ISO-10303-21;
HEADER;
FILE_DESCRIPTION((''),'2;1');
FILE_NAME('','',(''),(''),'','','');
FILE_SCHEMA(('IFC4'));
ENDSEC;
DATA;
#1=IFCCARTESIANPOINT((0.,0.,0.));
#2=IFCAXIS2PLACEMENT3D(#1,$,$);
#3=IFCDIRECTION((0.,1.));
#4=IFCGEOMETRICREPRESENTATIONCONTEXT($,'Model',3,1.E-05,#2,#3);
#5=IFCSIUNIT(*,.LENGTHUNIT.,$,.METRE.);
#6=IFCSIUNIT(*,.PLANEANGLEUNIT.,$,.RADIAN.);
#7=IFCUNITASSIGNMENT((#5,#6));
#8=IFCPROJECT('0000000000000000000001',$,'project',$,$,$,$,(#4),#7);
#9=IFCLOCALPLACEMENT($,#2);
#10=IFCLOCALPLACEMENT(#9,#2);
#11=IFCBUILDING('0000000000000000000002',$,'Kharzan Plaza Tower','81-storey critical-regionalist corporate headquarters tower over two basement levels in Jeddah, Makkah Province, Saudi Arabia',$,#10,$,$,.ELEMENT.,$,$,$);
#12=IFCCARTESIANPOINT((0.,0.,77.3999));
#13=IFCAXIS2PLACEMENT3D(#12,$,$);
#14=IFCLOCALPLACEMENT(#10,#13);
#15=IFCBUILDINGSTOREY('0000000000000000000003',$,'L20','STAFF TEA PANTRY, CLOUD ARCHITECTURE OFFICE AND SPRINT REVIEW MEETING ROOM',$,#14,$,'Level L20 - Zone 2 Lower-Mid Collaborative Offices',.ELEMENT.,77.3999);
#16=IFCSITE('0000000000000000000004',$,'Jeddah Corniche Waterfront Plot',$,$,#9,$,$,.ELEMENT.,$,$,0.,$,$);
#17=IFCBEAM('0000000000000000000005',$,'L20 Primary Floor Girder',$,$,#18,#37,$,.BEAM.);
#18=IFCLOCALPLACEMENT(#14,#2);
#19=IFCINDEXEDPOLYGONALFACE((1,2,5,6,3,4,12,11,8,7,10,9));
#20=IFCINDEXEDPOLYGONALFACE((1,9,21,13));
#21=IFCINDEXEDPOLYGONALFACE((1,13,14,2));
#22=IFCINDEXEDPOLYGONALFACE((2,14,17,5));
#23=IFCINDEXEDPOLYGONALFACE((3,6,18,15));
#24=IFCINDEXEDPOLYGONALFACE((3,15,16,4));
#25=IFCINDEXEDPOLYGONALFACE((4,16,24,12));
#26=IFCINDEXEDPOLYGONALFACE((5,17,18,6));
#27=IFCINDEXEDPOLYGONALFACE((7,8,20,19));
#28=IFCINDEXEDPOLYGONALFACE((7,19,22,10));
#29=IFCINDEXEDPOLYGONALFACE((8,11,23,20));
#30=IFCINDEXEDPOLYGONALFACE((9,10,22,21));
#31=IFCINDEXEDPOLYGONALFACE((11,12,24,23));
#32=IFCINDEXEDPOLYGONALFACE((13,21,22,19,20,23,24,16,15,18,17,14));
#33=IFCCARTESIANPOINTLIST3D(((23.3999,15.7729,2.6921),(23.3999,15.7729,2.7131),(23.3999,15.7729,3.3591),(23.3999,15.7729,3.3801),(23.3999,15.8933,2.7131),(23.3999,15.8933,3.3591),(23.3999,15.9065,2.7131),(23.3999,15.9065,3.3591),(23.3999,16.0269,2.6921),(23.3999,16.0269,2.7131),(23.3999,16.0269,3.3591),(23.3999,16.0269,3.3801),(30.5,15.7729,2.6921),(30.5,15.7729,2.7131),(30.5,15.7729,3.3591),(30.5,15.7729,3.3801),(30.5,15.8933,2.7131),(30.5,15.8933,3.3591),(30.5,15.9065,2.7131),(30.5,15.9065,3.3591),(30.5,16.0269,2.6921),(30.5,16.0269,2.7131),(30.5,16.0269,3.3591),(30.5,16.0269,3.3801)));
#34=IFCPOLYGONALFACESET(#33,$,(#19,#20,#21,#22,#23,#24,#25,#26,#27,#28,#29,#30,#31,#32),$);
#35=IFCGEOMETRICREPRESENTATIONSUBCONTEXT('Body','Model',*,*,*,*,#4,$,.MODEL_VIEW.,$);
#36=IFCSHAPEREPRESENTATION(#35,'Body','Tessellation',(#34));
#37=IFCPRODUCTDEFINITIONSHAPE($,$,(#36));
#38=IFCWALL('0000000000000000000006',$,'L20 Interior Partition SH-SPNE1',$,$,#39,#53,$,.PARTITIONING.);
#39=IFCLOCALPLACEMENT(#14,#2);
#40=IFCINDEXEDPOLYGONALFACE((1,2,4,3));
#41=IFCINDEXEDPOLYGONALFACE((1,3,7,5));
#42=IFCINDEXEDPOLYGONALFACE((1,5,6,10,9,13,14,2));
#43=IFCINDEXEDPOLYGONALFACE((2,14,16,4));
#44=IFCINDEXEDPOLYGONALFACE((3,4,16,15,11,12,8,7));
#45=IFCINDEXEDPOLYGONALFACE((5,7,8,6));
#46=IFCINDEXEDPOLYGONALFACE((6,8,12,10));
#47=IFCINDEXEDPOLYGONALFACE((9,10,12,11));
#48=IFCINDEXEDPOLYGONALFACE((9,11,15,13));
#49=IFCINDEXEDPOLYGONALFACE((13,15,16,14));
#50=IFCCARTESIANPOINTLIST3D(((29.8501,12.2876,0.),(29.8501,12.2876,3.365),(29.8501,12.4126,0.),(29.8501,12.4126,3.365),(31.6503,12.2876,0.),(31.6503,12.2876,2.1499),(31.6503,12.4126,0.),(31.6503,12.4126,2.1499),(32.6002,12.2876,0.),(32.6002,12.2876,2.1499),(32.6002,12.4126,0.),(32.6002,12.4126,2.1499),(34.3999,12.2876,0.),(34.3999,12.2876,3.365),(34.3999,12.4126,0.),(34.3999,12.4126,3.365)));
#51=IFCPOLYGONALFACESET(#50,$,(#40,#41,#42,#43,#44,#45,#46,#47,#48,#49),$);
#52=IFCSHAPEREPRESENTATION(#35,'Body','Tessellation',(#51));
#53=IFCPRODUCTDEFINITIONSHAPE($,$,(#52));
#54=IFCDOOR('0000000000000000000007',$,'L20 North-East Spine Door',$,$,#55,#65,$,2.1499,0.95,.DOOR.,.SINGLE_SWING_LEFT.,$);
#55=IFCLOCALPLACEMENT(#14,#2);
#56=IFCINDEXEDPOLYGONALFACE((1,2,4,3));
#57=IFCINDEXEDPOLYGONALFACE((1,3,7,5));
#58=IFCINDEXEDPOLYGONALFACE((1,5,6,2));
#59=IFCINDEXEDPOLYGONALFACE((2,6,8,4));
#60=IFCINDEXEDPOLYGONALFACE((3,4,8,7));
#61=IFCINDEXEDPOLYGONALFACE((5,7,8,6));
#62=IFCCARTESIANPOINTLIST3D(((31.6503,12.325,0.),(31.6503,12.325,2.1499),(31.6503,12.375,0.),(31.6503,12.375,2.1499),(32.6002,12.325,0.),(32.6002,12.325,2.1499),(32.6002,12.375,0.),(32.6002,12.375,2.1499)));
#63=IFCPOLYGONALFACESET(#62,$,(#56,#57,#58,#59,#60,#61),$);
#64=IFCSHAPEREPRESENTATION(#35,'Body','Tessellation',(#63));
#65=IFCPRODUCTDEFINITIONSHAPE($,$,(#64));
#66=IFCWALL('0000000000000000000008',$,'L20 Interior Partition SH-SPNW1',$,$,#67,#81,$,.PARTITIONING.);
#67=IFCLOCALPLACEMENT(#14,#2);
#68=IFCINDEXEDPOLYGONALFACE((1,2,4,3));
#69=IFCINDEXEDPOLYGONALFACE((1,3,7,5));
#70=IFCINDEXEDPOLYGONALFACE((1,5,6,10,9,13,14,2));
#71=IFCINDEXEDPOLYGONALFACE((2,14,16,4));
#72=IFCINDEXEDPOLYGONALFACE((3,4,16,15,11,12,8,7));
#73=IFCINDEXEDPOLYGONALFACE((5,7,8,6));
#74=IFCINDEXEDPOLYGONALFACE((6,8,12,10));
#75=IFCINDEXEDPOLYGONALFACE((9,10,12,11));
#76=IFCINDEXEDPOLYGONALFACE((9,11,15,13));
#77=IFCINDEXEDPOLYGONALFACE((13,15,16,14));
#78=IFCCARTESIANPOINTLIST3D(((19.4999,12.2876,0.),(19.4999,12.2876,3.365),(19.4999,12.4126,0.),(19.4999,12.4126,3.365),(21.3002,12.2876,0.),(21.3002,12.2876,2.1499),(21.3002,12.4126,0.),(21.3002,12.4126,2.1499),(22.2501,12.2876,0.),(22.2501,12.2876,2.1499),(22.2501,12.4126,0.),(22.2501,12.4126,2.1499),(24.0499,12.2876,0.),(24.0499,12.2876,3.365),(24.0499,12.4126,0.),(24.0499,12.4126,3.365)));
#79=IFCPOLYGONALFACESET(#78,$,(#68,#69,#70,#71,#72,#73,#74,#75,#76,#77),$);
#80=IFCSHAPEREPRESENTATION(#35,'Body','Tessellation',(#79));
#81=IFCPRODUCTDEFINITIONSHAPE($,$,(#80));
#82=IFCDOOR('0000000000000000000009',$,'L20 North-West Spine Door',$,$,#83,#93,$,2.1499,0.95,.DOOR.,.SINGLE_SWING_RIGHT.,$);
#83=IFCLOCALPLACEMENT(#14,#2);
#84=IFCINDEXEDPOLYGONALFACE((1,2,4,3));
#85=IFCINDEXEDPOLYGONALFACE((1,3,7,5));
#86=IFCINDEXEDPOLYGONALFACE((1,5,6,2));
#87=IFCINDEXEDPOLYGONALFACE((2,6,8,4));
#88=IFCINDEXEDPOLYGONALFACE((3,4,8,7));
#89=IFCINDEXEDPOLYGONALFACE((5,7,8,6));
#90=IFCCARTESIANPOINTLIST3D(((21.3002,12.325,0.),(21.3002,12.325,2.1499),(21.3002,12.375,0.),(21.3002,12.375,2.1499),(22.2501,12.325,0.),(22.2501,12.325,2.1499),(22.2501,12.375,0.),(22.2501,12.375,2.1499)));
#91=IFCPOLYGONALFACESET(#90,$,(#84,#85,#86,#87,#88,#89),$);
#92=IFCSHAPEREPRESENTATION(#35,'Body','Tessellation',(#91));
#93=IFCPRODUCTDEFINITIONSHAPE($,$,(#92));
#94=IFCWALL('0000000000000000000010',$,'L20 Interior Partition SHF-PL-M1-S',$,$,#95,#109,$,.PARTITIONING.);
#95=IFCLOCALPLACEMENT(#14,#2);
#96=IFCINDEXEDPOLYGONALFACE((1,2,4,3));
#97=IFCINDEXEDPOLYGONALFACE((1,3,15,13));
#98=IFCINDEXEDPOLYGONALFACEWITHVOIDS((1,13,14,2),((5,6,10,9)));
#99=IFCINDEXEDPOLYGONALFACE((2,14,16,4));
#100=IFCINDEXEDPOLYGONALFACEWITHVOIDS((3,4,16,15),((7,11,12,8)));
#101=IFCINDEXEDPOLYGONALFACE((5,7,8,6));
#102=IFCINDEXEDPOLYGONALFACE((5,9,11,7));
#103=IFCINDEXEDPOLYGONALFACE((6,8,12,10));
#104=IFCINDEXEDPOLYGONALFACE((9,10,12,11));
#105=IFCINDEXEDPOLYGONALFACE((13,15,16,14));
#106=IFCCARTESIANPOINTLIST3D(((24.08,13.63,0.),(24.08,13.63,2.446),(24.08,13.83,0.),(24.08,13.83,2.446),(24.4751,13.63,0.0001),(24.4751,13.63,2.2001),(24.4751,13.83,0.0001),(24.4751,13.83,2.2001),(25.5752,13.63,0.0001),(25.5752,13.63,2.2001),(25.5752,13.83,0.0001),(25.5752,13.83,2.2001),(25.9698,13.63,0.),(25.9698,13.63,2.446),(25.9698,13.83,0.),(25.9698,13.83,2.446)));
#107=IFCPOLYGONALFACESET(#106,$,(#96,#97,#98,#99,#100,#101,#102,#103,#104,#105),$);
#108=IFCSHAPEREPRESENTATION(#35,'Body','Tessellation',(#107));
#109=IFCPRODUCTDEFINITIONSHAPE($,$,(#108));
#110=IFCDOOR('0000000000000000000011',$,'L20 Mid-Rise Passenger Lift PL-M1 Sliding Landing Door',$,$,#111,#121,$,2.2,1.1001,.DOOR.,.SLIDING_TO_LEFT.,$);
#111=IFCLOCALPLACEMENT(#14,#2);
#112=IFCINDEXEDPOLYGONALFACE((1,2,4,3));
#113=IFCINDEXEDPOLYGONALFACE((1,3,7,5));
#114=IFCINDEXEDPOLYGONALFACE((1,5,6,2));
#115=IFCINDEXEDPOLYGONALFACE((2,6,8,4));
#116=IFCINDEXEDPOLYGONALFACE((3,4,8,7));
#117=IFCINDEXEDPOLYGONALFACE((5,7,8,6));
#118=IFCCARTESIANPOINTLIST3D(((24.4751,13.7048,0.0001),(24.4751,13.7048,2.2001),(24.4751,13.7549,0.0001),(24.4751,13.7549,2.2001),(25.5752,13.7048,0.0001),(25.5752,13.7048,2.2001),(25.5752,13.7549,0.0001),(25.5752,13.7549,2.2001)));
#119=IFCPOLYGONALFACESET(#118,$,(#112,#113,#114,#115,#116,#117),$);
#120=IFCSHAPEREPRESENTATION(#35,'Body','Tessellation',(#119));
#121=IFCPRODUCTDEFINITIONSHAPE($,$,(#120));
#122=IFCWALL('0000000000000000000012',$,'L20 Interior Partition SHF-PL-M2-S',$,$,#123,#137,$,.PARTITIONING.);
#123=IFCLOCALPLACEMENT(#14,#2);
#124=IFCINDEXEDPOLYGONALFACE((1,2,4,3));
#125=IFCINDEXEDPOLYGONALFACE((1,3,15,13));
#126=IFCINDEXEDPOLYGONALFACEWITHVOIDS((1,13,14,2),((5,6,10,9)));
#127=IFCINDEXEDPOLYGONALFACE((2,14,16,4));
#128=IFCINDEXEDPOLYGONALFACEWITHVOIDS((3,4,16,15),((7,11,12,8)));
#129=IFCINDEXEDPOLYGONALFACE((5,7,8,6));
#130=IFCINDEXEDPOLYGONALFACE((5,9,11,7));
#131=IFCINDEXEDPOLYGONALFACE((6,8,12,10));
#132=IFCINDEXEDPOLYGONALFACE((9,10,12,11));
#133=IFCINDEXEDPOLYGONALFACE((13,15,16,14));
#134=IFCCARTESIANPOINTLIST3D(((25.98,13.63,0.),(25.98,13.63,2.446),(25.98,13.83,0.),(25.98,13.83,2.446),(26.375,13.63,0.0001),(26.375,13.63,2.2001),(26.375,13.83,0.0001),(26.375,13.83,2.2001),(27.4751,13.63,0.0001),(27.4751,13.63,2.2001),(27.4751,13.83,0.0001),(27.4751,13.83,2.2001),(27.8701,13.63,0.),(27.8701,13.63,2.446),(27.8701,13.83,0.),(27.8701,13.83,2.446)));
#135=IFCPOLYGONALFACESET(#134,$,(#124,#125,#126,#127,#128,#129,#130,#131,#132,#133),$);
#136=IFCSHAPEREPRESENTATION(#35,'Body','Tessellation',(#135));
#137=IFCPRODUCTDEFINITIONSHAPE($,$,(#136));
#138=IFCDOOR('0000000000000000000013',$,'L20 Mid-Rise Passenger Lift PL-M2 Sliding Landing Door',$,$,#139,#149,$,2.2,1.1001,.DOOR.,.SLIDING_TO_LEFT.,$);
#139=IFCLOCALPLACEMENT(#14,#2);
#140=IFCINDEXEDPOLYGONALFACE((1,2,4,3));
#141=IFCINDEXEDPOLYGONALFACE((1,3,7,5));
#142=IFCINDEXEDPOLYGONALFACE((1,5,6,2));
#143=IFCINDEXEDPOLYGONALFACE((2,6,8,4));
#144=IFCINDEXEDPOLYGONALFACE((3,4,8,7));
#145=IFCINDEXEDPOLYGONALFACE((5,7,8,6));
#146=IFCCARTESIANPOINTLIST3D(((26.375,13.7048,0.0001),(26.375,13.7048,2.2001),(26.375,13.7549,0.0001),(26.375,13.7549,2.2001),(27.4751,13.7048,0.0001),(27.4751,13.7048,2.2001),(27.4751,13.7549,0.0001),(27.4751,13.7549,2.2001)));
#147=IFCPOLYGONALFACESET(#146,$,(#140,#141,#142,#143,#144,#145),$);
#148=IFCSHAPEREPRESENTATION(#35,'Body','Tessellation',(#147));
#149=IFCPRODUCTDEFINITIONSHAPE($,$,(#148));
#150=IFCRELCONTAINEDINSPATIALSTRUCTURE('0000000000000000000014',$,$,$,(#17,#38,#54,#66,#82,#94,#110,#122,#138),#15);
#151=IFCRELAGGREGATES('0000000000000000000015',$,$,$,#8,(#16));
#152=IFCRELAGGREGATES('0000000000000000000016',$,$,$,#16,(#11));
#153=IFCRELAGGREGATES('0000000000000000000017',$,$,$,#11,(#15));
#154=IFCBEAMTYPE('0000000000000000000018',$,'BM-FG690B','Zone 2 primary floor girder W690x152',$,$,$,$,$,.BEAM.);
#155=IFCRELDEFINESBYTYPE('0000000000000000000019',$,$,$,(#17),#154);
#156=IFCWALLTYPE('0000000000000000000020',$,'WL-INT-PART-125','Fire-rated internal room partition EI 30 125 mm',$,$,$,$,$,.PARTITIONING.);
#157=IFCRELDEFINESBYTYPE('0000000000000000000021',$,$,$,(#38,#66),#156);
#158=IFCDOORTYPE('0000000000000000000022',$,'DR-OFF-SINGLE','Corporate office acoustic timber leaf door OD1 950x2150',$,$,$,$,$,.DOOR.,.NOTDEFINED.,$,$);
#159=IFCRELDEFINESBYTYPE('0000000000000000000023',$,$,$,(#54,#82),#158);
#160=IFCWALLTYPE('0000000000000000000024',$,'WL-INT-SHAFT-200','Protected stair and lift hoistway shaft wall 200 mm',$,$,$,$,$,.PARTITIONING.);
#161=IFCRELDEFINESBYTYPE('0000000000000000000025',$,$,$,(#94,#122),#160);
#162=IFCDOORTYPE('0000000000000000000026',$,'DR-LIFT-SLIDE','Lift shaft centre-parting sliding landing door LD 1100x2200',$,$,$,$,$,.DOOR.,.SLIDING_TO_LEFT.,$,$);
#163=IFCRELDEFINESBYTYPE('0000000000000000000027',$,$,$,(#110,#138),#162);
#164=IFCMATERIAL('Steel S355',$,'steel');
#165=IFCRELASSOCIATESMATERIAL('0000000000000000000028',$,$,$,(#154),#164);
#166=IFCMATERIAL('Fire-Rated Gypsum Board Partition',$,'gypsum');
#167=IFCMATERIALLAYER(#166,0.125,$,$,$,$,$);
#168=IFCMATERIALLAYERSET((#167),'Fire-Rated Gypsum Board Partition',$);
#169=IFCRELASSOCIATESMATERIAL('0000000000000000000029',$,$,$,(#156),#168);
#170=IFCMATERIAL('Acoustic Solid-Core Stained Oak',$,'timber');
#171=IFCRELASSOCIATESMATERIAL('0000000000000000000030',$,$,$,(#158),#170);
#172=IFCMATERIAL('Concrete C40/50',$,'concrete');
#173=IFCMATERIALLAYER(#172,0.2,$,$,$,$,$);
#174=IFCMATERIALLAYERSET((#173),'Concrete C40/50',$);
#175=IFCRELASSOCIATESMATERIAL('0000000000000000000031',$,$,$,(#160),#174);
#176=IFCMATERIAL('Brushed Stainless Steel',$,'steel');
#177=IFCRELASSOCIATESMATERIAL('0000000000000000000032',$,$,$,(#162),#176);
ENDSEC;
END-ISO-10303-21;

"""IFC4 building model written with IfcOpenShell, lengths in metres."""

from ifc_helpers import new_model, si_unit, direction, frame, frame_2d, origin, origin_2d, place, context, subcontext, project, spatial, rectangle, i_section, extrude, source, transform, mapped, material, layer, layer_set, material_profile, profile_set, type_object, element, fill, save


model = new_model("IFC4")

# Units and contexts
model_context = context("Model", 3, precision=1e-05, world=origin(), true_north=direction((0.0, 1.0)))
body_context = subcontext(model_context, "Body", "Model", "MODEL_VIEW")
ifc_project = project(units=[si_unit("LENGTHUNIT", "METRE"), si_unit("PLANEANGLEUNIT", "RADIAN")], contexts=[model_context])

# Site, building, storey
site_placement = place(None, origin())
site = spatial("IfcSite", under=ifc_project, at=site_placement, Name="Jeddah Corniche Waterfront Plot", CompositionType="ELEMENT", RefElevation=0.0)
building_placement = place(site_placement, origin())
building = spatial("IfcBuilding", under=site, at=building_placement, Name="Kharzan Plaza Tower", Description="81-storey critical-regionalist corporate headquarters tower over two basement levels in Jeddah, Makkah Province, Saudi Arabia", CompositionType="ELEMENT")
storey_placement = place(building_placement, frame((0.0, 0.0, 77.3999)))
storey = spatial("IfcBuildingStorey", under=building, at=storey_placement, Name="L20", Description="STAFF TEA PANTRY, CLOUD ARCHITECTURE OFFICE AND SPRINT REVIEW MEETING ROOM", LongName="Level L20 - Zone 2 Lower-Mid Collaborative Offices", CompositionType="ELEMENT", Elevation=77.3999)

# Beam
ifc_material_1 = material(Name="Steel S355", Category="steel")
ifc_material_profile_1 = material_profile(ifc_material_1, i_section(OverallWidth=0.2539, OverallDepth=0.688, WebThickness=0.0132, FlangeThickness=0.021, at=origin_2d()), Name="W690x152")
ifc_profile_set_1 = profile_set([ifc_material_profile_1], Name="Steel S355")
beam_type_1 = type_object("IfcBeamType", Name="BM-FG690B", Description="Zone 2 primary floor girder W690x152", PredefinedType="BEAM", material=ifc_profile_set_1)
shared_shape_1 = source(origin(), body_context, "Body", "SweptSolid", [
    extrude(i_section(OverallWidth=0.2539, OverallDepth=0.688, WebThickness=0.0132, FlangeThickness=0.021, at=origin_2d()), origin(), (0.0, 0.0, 1.0), 7.1001),
])
beam_1_placement = place(storey_placement, frame((23.3999, 15.8999, 3.0361), z_axis=(1.0, 0.0, 0.0), x_axis=(0.0, 1.0, 0.0)))
element("IfcBeam", 1, at=beam_1_placement, inside=storey, type_object=beam_type_1, Name="L20 Primary Floor Girder", PredefinedType="BEAM", context=body_context, shape_type="MappedRepresentation", body=[
    mapped(shared_shape_1, transform((0.0, 0.0, 0.0), x_axis=(1.0, 0.0, 0.0), y_axis=(0.0, 1.0, 0.0), z_axis=(0.0, 0.0, 1.0))),
])

# Walls, openings, doors
ifc_material_2 = material(Name="Fire-Rated Gypsum Board Partition", Category="gypsum")
ifc_layer_1 = layer(ifc_material_2, 0.125)
ifc_layer_set_1 = layer_set([ifc_layer_1], Name="Fire-Rated Gypsum Board Partition")
wall_type_1 = type_object("IfcWallType", Name="WL-INT-PART-125", Description="Fire-rated internal room partition EI 30 125 mm", PredefinedType="PARTITIONING", material=ifc_layer_set_1)
wall_1_placement = place(storey_placement, frame((29.8501, 12.3501, 0.0), z_axis=(0.0, 0.0, 1.0), x_axis=(1.0, 0.0, 0.0)))
wall_1 = element("IfcWall", 2, at=wall_1_placement, inside=storey, type_object=wall_type_1, Name="L20 Interior Partition SH-SPNE1", PredefinedType="PARTITIONING", context=body_context, shape_type="SweptSolid", body=[
    extrude(rectangle(XDim=4.5498, YDim=0.125, at=frame_2d((2.2749, 0.0))), origin(), (0.0, 0.0, 1.0), 3.365),
])
opening_1_placement = place(wall_1_placement, frame((1.8, 0.0, 0.0)))
opening_1 = element("IfcOpeningElement", 3, at=opening_1_placement, cuts=wall_1, PredefinedType="OPENING", context=body_context, shape_type="SweptSolid", body=[
    extrude(rectangle(XDim=0.95, YDim=2.1499, at=frame_2d((0.4751, 1.075))), frame((0.0, 0.0725, 0.0), z_axis=(0.0, -1.0, 0.0), x_axis=(1.0, 0.0, 0.0)), (0.0, 0.0, 1.0), 0.145),
])
ifc_material_3 = material(Name="Acoustic Solid-Core Stained Oak", Category="timber")
door_type_1 = type_object("IfcDoorType", Name="DR-OFF-SINGLE", Description="Corporate office acoustic timber leaf door OD1 950x2150", OperationType="NOTDEFINED", PredefinedType="DOOR", material=ifc_material_3)
shared_shape_2 = source(origin(), body_context, "Body", "SweptSolid", [
    extrude(rectangle(XDim=0.95, YDim=2.1499, at=frame_2d((0.4751, 1.075))), frame((0.0, 0.0249, 0.0), z_axis=(0.0, -1.0, 0.0), x_axis=(1.0, 0.0, 0.0)), (0.0, 0.0, 1.0), 0.05),
])
door_1_placement = place(opening_1_placement, origin())
door_1 = element("IfcDoor", 4, at=door_1_placement, inside=storey, type_object=door_type_1, Name="L20 North-East Spine Door", OperationType="SINGLE_SWING_LEFT", OverallHeight=2.1499, OverallWidth=0.95, PredefinedType="DOOR", context=body_context, shape_type="MappedRepresentation", body=[
    mapped(shared_shape_2, transform((0.0, 0.0, 0.0), x_axis=(1.0, 0.0, 0.0), y_axis=(0.0, 1.0, 0.0), z_axis=(0.0, 0.0, 1.0))),
])
fill(opening_1, door_1)
wall_2_placement = place(storey_placement, frame((19.5, 12.3501, 0.0), z_axis=(0.0, 0.0, 1.0), x_axis=(1.0, 0.0, 0.0)))
wall_2 = element("IfcWall", 5, at=wall_2_placement, inside=storey, type_object=wall_type_1, Name="L20 Interior Partition SH-SPNW1", PredefinedType="PARTITIONING", context=body_context, shape_type="SweptSolid", body=[
    extrude(rectangle(XDim=4.55, YDim=0.125, at=frame_2d((2.2749, 0.0))), origin(), (0.0, 0.0, 1.0), 3.365),
])
opening_2_placement = place(wall_2_placement, frame((1.8, 0.0, 0.0)))
opening_2 = element("IfcOpeningElement", 6, at=opening_2_placement, cuts=wall_2, PredefinedType="OPENING", context=body_context, shape_type="SweptSolid", body=[
    extrude(rectangle(XDim=0.95, YDim=2.1499, at=frame_2d((0.4751, 1.075))), frame((0.0, 0.0725, 0.0), z_axis=(0.0, -1.0, 0.0), x_axis=(1.0, 0.0, 0.0)), (0.0, 0.0, 1.0), 0.145),
])
door_2_placement = place(opening_2_placement, origin())
door_2 = element("IfcDoor", 7, at=door_2_placement, inside=storey, type_object=door_type_1, Name="L20 North-West Spine Door", OperationType="SINGLE_SWING_RIGHT", OverallHeight=2.1499, OverallWidth=0.95, PredefinedType="DOOR", context=body_context, shape_type="MappedRepresentation", body=[
    mapped(shared_shape_2, transform((0.0, 0.0, 0.0), x_axis=(1.0, 0.0, 0.0), y_axis=(0.0, 1.0, 0.0), z_axis=(0.0, 0.0, 1.0))),
])
fill(opening_2, door_2)
ifc_material_4 = material(Name="Concrete C40/50", Category="concrete")
ifc_layer_2 = layer(ifc_material_4, 0.2)
ifc_layer_set_2 = layer_set([ifc_layer_2], Name="Concrete C40/50")
wall_type_2 = type_object("IfcWallType", Name="WL-INT-SHAFT-200", Description="Protected stair and lift hoistway shaft wall 200 mm", PredefinedType="PARTITIONING", material=ifc_layer_set_2)
wall_3_placement = place(storey_placement, frame((24.0801, 13.73, 0.0), z_axis=(0.0, 0.0, 1.0), x_axis=(1.0, 0.0, 0.0)))
wall_3 = element("IfcWall", 8, at=wall_3_placement, inside=storey, type_object=wall_type_2, Name="L20 Interior Partition SHF-PL-M1-S", PredefinedType="PARTITIONING", context=body_context, shape_type="SweptSolid", body=[
    extrude(rectangle(XDim=1.8899, YDim=0.2, at=frame_2d((0.9448, 0.0))), origin(), (0.0, 0.0, 1.0), 2.446),
])
opening_3_placement = place(wall_3_placement, frame((0.395, 0.0, 0.0)))
opening_3 = element("IfcOpeningElement", 9, at=opening_3_placement, cuts=wall_3, PredefinedType="OPENING", context=body_context, shape_type="SweptSolid", body=[
    extrude(rectangle(XDim=1.1001, YDim=2.2, at=frame_2d((0.55, 1.1001))), frame((0.0, 0.1099, 0.0), z_axis=(0.0, -1.0, 0.0), x_axis=(1.0, 0.0, 0.0)), (0.0, 0.0, 1.0), 0.22),
])
ifc_material_5 = material(Name="Brushed Stainless Steel", Category="steel")
door_type_2 = type_object("IfcDoorType", Name="DR-LIFT-SLIDE", Description="Lift shaft centre-parting sliding landing door LD 1100x2200", OperationType="SLIDING_TO_LEFT", PredefinedType="DOOR", material=ifc_material_5)
shared_shape_3 = source(origin(), body_context, "Body", "SweptSolid", [
    extrude(rectangle(XDim=1.1001, YDim=2.2, at=frame_2d((0.55, 1.1001))), frame((0.0, 0.0249, 0.0), z_axis=(0.0, -1.0, 0.0), x_axis=(1.0, 0.0, 0.0)), (0.0, 0.0, 1.0), 0.05),
])
door_3_placement = place(opening_3_placement, origin())
door_3 = element("IfcDoor", 10, at=door_3_placement, inside=storey, type_object=door_type_2, Name="L20 Mid-Rise Passenger Lift PL-M1 Sliding Landing Door", OperationType="SLIDING_TO_LEFT", OverallHeight=2.2, OverallWidth=1.1001, PredefinedType="DOOR", context=body_context, shape_type="MappedRepresentation", body=[
    mapped(shared_shape_3, transform((0.0, 0.0, 0.0), x_axis=(1.0, 0.0, 0.0), y_axis=(0.0, 1.0, 0.0), z_axis=(0.0, 0.0, 1.0))),
])
fill(opening_3, door_3)
wall_4_placement = place(storey_placement, frame((25.98, 13.73, 0.0), z_axis=(0.0, 0.0, 1.0), x_axis=(1.0, 0.0, 0.0)))
wall_4 = element("IfcWall", 11, at=wall_4_placement, inside=storey, type_object=wall_type_2, Name="L20 Interior Partition SHF-PL-M2-S", PredefinedType="PARTITIONING", context=body_context, shape_type="SweptSolid", body=[
    extrude(rectangle(XDim=1.8901, YDim=0.2, at=frame_2d((0.9451, 0.0))), origin(), (0.0, 0.0, 1.0), 2.446),
])
opening_4_placement = place(wall_4_placement, frame((0.395, 0.0, 0.0)))
opening_4 = element("IfcOpeningElement", 12, at=opening_4_placement, cuts=wall_4, PredefinedType="OPENING", context=body_context, shape_type="SweptSolid", body=[
    extrude(rectangle(XDim=1.1001, YDim=2.2, at=frame_2d((0.55, 1.1001))), frame((0.0, 0.1099, 0.0), z_axis=(0.0, -1.0, 0.0), x_axis=(1.0, 0.0, 0.0)), (0.0, 0.0, 1.0), 0.22),
])
door_4_placement = place(opening_4_placement, origin())
door_4 = element("IfcDoor", 13, at=door_4_placement, inside=storey, type_object=door_type_2, Name="L20 Mid-Rise Passenger Lift PL-M2 Sliding Landing Door", OperationType="SLIDING_TO_LEFT", OverallHeight=2.2, OverallWidth=1.1001, PredefinedType="DOOR", context=body_context, shape_type="MappedRepresentation", body=[
    mapped(shared_shape_3, transform((0.0, 0.0, 0.0), x_axis=(1.0, 0.0, 0.0), y_axis=(0.0, 1.0, 0.0), z_axis=(0.0, 0.0, 1.0))),
])
fill(opening_4, door_4)

save(model, "model.ifc")
